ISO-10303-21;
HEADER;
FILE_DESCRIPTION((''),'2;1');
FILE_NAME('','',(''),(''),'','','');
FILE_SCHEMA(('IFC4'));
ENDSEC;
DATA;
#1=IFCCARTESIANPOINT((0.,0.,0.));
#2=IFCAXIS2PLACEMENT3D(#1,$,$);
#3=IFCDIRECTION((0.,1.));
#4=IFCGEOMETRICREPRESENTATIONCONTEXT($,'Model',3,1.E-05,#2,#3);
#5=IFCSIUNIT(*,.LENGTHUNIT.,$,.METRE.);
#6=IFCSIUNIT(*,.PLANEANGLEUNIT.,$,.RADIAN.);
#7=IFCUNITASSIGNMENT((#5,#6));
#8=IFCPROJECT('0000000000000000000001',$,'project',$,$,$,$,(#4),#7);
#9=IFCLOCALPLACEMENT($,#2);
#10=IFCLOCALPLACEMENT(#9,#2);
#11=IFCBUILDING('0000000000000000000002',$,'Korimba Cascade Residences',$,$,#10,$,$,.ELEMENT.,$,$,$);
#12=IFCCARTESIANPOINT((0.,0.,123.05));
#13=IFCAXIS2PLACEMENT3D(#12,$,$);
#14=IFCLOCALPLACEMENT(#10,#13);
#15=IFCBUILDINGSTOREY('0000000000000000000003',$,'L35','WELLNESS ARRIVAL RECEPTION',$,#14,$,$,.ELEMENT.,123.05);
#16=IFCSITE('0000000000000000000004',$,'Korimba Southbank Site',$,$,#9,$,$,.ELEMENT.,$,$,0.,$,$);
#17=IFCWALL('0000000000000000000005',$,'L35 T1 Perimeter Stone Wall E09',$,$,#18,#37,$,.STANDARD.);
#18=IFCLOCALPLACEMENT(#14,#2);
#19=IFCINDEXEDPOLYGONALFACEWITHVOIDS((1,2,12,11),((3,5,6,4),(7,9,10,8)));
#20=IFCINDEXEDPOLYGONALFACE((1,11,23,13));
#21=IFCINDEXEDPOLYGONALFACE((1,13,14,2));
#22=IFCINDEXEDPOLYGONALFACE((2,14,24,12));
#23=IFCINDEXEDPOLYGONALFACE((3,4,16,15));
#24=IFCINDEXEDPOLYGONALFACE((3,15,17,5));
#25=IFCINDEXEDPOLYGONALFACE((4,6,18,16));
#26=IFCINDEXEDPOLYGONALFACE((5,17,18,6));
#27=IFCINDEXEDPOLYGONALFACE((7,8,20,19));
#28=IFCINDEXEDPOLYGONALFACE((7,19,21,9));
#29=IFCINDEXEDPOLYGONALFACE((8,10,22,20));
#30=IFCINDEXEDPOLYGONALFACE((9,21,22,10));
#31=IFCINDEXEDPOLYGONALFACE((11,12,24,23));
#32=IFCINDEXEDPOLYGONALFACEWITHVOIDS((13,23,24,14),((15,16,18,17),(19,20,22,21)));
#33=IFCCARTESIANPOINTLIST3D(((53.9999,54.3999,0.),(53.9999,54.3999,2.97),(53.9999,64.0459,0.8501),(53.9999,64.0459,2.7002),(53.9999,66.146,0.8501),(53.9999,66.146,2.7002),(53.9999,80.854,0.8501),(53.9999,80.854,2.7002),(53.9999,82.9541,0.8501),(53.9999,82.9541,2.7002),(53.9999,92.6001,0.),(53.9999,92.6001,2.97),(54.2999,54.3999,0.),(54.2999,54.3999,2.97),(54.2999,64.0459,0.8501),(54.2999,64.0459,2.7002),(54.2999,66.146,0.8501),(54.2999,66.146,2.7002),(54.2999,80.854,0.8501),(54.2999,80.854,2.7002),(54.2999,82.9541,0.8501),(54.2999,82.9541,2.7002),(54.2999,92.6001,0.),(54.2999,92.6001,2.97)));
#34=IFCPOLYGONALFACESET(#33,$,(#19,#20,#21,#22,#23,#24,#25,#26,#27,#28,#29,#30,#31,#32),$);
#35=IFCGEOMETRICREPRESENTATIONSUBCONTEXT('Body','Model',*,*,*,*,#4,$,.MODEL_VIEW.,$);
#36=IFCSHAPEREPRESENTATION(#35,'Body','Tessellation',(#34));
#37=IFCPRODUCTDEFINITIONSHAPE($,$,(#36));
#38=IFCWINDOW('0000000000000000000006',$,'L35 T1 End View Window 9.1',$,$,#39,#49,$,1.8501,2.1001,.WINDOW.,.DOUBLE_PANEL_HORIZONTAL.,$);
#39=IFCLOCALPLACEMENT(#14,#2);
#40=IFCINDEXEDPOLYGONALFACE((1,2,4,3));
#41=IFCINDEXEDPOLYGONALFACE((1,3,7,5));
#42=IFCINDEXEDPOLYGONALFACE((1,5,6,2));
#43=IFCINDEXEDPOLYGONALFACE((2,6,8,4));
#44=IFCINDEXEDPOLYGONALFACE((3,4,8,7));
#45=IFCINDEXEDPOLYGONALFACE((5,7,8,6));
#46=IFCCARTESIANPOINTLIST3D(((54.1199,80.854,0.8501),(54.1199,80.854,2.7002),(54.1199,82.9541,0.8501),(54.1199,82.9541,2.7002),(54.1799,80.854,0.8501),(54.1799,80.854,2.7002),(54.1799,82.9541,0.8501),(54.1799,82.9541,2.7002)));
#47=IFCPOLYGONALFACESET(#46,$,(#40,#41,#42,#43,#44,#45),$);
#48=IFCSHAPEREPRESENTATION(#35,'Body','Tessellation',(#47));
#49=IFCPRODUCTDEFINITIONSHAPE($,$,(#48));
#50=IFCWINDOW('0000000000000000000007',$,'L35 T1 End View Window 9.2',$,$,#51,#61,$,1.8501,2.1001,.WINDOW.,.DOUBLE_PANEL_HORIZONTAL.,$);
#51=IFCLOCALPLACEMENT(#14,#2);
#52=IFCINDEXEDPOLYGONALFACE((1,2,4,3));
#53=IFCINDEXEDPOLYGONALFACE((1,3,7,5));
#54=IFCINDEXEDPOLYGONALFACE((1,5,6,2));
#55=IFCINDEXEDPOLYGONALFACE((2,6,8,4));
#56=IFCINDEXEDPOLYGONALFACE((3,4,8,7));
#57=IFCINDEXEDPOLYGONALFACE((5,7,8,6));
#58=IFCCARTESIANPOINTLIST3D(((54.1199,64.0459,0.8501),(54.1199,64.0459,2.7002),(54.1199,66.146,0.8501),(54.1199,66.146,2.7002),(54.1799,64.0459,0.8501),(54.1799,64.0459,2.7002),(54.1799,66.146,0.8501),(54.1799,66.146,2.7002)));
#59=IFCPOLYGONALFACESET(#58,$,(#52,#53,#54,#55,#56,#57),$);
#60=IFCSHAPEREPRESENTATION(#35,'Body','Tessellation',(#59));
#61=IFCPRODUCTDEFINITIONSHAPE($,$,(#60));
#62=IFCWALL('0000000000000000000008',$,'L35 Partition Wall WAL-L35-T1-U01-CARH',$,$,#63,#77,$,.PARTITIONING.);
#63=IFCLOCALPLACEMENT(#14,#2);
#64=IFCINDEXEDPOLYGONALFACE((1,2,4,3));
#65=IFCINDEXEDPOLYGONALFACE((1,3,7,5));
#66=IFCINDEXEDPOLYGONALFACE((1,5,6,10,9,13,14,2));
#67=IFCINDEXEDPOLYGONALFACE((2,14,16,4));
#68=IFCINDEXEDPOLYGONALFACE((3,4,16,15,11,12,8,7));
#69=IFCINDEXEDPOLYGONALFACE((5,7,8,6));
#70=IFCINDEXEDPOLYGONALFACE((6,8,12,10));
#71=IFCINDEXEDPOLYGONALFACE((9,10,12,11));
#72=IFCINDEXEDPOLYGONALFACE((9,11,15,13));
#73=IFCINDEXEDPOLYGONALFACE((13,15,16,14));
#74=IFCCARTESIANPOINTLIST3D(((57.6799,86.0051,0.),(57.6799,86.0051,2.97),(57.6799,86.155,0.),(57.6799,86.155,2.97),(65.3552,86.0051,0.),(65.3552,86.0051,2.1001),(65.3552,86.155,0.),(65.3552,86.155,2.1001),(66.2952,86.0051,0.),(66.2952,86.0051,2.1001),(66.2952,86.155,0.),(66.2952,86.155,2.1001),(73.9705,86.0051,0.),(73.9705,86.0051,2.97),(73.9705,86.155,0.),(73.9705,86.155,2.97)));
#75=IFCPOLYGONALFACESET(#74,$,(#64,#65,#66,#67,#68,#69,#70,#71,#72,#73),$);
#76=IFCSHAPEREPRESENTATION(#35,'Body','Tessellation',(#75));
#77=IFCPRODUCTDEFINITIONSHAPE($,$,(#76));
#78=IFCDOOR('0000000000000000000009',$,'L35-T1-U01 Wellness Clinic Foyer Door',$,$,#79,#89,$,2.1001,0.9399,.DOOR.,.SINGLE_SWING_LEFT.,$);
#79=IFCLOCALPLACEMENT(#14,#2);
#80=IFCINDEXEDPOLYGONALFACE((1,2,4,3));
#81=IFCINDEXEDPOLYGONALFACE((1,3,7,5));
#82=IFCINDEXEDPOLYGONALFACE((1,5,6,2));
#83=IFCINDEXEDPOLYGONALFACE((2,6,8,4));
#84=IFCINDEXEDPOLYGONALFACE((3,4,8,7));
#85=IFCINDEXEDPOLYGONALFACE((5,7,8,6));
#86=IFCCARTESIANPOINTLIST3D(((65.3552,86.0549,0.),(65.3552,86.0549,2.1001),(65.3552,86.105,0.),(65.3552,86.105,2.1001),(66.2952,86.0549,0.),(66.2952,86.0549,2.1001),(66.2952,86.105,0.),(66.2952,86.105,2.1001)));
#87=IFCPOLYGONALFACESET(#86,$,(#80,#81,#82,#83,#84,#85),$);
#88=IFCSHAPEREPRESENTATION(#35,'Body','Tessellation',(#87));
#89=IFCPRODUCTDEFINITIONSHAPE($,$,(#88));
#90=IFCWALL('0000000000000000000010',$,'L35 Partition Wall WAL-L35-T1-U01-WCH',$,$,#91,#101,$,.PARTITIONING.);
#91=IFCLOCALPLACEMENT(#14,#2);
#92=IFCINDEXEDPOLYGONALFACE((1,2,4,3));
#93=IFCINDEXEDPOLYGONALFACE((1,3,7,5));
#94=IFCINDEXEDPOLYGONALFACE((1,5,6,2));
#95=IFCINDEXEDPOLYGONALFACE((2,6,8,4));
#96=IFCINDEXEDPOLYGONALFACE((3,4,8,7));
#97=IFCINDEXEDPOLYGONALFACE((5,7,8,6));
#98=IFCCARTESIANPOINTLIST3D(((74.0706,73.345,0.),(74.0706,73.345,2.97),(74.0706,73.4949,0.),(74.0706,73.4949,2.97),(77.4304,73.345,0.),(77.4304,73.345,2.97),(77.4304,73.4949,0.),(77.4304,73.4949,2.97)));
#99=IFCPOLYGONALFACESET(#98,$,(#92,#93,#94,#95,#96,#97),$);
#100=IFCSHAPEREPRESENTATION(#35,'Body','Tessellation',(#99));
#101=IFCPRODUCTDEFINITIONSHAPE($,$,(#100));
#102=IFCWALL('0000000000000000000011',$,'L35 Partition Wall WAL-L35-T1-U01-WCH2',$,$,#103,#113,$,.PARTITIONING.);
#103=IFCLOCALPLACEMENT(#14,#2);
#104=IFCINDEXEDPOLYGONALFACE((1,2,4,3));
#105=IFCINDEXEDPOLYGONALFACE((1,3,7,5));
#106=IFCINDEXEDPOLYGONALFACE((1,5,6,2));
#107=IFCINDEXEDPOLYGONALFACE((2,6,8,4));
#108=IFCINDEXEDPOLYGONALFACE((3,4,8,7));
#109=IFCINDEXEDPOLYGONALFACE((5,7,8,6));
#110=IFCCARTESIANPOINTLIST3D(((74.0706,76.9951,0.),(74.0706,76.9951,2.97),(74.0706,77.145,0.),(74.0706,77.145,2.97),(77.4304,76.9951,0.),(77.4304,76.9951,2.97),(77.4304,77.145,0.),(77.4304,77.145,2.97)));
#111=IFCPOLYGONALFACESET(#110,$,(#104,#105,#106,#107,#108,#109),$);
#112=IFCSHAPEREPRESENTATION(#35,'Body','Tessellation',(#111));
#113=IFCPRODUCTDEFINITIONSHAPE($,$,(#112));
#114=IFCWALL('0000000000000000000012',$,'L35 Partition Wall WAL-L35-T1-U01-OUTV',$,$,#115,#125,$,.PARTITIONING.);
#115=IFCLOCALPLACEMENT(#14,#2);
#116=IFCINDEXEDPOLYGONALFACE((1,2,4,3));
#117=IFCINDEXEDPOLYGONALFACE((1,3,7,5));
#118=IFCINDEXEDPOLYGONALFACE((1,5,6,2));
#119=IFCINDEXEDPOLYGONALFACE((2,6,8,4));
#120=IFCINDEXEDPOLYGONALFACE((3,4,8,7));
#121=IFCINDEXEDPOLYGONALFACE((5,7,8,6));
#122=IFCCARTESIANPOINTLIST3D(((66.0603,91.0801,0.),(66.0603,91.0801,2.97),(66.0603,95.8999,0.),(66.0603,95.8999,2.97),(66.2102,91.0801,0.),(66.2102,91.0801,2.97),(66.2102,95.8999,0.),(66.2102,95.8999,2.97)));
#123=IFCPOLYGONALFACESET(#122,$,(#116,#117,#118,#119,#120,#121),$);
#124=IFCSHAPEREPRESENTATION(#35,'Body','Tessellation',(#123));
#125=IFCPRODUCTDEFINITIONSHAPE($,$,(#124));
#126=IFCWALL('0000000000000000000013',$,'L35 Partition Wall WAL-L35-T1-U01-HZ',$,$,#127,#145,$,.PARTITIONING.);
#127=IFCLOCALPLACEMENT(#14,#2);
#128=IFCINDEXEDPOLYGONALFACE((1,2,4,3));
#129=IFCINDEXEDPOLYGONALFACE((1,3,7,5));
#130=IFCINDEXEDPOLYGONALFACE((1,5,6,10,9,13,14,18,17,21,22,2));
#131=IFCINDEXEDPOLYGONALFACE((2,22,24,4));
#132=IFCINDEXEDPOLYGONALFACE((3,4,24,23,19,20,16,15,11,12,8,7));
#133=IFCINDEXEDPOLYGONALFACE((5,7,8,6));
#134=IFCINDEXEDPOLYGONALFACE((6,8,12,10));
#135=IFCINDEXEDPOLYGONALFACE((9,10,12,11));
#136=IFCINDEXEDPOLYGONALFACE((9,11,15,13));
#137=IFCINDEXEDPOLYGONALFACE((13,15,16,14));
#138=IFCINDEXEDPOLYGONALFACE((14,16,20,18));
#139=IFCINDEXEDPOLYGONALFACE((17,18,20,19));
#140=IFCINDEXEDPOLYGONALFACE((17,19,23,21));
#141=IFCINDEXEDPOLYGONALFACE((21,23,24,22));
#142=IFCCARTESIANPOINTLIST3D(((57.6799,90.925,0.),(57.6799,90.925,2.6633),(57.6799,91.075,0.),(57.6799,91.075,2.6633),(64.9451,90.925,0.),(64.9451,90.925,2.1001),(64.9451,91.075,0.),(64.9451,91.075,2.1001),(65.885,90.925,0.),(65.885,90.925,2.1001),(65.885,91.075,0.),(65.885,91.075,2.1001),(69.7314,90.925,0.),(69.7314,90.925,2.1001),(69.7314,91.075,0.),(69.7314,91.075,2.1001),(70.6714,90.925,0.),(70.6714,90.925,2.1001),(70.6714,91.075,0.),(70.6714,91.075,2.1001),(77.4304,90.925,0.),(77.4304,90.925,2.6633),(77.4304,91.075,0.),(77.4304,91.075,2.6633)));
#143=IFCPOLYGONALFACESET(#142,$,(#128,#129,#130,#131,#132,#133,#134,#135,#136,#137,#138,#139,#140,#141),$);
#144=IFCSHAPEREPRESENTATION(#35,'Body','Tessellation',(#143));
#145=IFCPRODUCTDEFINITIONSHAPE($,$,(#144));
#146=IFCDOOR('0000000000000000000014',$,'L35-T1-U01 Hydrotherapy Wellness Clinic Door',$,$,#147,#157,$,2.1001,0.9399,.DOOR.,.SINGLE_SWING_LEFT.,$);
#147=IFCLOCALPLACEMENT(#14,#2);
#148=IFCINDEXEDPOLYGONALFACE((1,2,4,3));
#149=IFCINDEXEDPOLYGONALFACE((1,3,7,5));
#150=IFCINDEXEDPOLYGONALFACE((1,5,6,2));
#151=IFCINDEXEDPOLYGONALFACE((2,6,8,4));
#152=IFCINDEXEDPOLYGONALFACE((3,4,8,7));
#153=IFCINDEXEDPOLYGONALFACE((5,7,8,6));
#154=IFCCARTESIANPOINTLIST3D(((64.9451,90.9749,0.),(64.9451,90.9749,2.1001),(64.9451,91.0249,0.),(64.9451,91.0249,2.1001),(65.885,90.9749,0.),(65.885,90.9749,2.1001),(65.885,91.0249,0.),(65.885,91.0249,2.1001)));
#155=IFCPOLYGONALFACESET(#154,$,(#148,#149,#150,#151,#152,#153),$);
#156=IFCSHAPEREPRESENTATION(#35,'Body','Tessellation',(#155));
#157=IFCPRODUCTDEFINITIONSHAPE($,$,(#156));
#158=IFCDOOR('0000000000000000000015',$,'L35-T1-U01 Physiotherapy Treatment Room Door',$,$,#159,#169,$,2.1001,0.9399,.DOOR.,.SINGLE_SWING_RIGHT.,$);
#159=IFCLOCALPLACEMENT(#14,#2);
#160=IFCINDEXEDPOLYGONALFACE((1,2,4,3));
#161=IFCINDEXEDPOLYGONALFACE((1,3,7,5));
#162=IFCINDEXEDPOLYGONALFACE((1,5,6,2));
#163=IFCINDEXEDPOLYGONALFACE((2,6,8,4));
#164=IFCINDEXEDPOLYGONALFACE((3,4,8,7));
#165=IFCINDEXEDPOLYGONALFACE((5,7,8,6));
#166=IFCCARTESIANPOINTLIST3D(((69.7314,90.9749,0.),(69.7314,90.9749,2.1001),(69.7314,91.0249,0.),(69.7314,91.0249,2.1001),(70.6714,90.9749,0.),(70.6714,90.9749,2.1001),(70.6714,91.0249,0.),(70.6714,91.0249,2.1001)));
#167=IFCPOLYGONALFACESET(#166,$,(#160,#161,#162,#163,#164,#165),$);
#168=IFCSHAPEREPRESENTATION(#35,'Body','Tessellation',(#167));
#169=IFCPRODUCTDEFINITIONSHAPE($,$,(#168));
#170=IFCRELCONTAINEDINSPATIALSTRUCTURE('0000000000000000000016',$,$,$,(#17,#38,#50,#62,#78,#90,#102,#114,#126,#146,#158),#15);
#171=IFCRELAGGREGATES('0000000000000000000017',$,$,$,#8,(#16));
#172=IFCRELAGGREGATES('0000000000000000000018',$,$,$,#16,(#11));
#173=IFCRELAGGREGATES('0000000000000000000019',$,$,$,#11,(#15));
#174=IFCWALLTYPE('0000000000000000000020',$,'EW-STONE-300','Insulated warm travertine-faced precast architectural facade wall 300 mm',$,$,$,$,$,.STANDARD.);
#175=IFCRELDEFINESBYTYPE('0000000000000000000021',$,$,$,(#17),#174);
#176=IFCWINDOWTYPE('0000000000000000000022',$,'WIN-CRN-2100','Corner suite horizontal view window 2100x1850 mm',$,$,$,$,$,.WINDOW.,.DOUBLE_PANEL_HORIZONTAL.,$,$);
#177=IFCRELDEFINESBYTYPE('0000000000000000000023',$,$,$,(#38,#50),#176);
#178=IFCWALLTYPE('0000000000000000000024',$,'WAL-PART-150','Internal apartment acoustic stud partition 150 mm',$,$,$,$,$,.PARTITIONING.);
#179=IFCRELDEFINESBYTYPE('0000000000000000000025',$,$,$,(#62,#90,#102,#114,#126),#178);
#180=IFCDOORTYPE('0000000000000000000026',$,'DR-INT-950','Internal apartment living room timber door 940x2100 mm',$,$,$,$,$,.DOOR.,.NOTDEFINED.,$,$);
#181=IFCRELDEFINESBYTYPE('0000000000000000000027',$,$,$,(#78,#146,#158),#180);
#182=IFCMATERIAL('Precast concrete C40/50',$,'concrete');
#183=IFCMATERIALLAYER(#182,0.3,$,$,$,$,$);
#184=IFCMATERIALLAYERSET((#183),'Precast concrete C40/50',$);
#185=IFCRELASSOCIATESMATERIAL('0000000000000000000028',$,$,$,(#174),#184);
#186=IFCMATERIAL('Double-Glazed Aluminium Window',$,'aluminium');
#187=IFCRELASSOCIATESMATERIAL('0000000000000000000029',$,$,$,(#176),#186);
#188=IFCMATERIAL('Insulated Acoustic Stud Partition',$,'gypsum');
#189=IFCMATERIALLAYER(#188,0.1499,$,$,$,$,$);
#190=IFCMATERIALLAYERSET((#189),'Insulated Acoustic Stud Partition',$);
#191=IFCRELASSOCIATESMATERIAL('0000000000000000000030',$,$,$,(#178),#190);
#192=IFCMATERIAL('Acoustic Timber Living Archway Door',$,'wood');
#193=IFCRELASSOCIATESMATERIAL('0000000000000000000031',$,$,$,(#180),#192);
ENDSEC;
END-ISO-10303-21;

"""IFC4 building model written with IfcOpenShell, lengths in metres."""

from ifc_helpers import new_model, si_unit, direction, frame, frame_2d, origin, place, context, subcontext, project, spatial, rectangle, extrude, material, layer, layer_set, type_object, element, fill, save


model = new_model("IFC4")

# Units and contexts
model_context = context("Model", 3, precision=1e-05, world=origin(), true_north=direction((0.0, 1.0)))
body_context = subcontext(model_context, "Body", "Model", "MODEL_VIEW")
ifc_project = project(units=[si_unit("LENGTHUNIT", "METRE"), si_unit("PLANEANGLEUNIT", "RADIAN")], contexts=[model_context])

# Site, building, storey
site_placement = place(None, origin())
site = spatial("IfcSite", under=ifc_project, at=site_placement, Name="Korimba Southbank Site", CompositionType="ELEMENT", RefElevation=0.0)
building_placement = place(site_placement, origin())
building = spatial("IfcBuilding", under=site, at=building_placement, Name="Korimba Cascade Residences", CompositionType="ELEMENT")
storey_placement = place(building_placement, frame((0.0, 0.0, 123.05)))
storey = spatial("IfcBuildingStorey", under=building, at=storey_placement, Name="L35", Description="WELLNESS ARRIVAL RECEPTION", CompositionType="ELEMENT", Elevation=123.05)

# Shared definitions
ifc_material_1 = material(Name="Precast concrete C40/50", Category="concrete")
ifc_layer_1 = layer(ifc_material_1, 0.3)
ifc_layer_set_1 = layer_set([ifc_layer_1], Name="Precast concrete C40/50")
wall_type_1 = type_object("IfcWallType", Name="EW-STONE-300", Description="Insulated warm travertine-faced precast architectural facade wall 300 mm", PredefinedType="STANDARD", material=ifc_layer_set_1)

# Wall, openings, windows
wall_1_placement = place(storey_placement, frame((54.1499, 92.6001, 0.0), z_axis=(0.0, 0.0, 1.0), x_axis=(0.0, -1.0, 0.0)))
wall_1 = element("IfcWall", 1, at=wall_1_placement, inside=storey, type_object=wall_type_1, Name="L35 T1 Perimeter Stone Wall E09", PredefinedType="STANDARD", context=body_context, shape_type="SweptSolid", body=[
    extrude(rectangle(XDim=38.2002, YDim=0.3, at=frame_2d((19.1001, 0.0))), origin(), (0.0, 0.0, 1.0), 2.97),
])
opening_1_placement = place(wall_1_placement, frame((9.646, 0.0, 0.8501)))
opening_1 = element("IfcOpeningElement", 2, at=opening_1_placement, cuts=wall_1, PredefinedType="OPENING", context=body_context, shape_type="SweptSolid", body=[
    extrude(rectangle(XDim=2.1001, YDim=1.8501, at=frame_2d((1.05, 0.925))), frame((0.0, 0.1602, 0.0), z_axis=(0.0, -1.0, 0.0), x_axis=(1.0, 0.0, 0.0)), (0.0, 0.0, 1.0), 0.3201),
])
opening_2_placement = place(wall_1_placement, frame((26.4541, 0.0, 0.8501)))
opening_2 = element("IfcOpeningElement", 3, at=opening_2_placement, cuts=wall_1, PredefinedType="OPENING", context=body_context, shape_type="SweptSolid", body=[
    extrude(rectangle(XDim=2.1001, YDim=1.8501, at=frame_2d((1.05, 0.925))), frame((0.0, 0.1602, 0.0), z_axis=(0.0, -1.0, 0.0), x_axis=(1.0, 0.0, 0.0)), (0.0, 0.0, 1.0), 0.3201),
])
ifc_material_2 = material(Name="Double-Glazed Aluminium Window", Category="aluminium")
window_type = type_object("IfcWindowType", Name="WIN-CRN-2100", Description="Corner suite horizontal view window 2100x1850 mm", PartitioningType="DOUBLE_PANEL_HORIZONTAL", PredefinedType="WINDOW", material=ifc_material_2)
window_1_placement = place(opening_1_placement, origin())
window_1 = element("IfcWindow", 4, at=window_1_placement, inside=storey, type_object=window_type, Name="L35 T1 End View Window 9.1", OverallHeight=1.8501, OverallWidth=2.1001, PartitioningType="DOUBLE_PANEL_HORIZONTAL", PredefinedType="WINDOW", context=body_context, shape_type="SweptSolid", body=[
    extrude(rectangle(XDim=2.1001, YDim=1.8501, at=frame_2d((1.05, 0.925))), frame((0.0, 0.03, 0.0), z_axis=(0.0, -1.0, 0.0), x_axis=(1.0, 0.0, 0.0)), (0.0, 0.0, 1.0), 0.0601),
])
fill(opening_1, window_1)
window_2_placement = place(opening_2_placement, origin())
window_2 = element("IfcWindow", 5, at=window_2_placement, inside=storey, type_object=window_type, Name="L35 T1 End View Window 9.2", OverallHeight=1.8501, OverallWidth=2.1001, PartitioningType="DOUBLE_PANEL_HORIZONTAL", PredefinedType="WINDOW", context=body_context, shape_type="SweptSolid", body=[
    extrude(rectangle(XDim=2.1001, YDim=1.8501, at=frame_2d((1.05, 0.925))), frame((0.0, 0.03, 0.0), z_axis=(0.0, -1.0, 0.0), x_axis=(1.0, 0.0, 0.0)), (0.0, 0.0, 1.0), 0.0601),
])
fill(opening_2, window_2)

# Wall, opening, door
ifc_material_3 = material(Name="Insulated Acoustic Stud Partition", Category="gypsum")
ifc_layer_2 = layer(ifc_material_3, 0.1499)
ifc_layer_set_2 = layer_set([ifc_layer_2], Name="Insulated Acoustic Stud Partition")
wall_type_2 = type_object("IfcWallType", Name="WAL-PART-150", Description="Internal apartment acoustic stud partition 150 mm", PredefinedType="PARTITIONING", material=ifc_layer_set_2)
wall_2_placement = place(storey_placement, frame((57.6799, 86.0801, 0.0), z_axis=(0.0, 0.0, 1.0), x_axis=(1.0, 0.0, 0.0)))
wall_2 = element("IfcWall", 6, at=wall_2_placement, inside=storey, type_object=wall_type_2, Name="L35 Partition Wall WAL-L35-T1-U01-CARH", PredefinedType="PARTITIONING", context=body_context, shape_type="SweptSolid", body=[
    extrude(rectangle(XDim=16.2905, YDim=0.1499, at=frame_2d((8.1453, 0.0))), origin(), (0.0, 0.0, 1.0), 2.97),
])
opening_3_placement = place(wall_2_placement, frame((7.6753, 0.0, 0.0)))
opening_3 = element("IfcOpeningElement", 7, at=opening_3_placement, cuts=wall_2, PredefinedType="OPENING", context=body_context, shape_type="SweptSolid", body=[
    extrude(rectangle(XDim=0.9399, YDim=2.1001, at=frame_2d((0.47, 1.05))), frame((0.0, 0.085, 0.0), z_axis=(0.0, -1.0, 0.0), x_axis=(1.0, 0.0, 0.0)), (0.0, 0.0, 1.0), 0.1699),
])
ifc_material_4 = material(Name="Acoustic Timber Living Archway Door", Category="wood")
door_type = type_object("IfcDoorType", Name="DR-INT-950", Description="Internal apartment living room timber door 940x2100 mm", OperationType="NOTDEFINED", PredefinedType="DOOR", material=ifc_material_4)
door_1_placement = place(opening_3_placement, origin())
door_1 = element("IfcDoor", 8, at=door_1_placement, inside=storey, type_object=door_type, Name="L35-T1-U01 Wellness Clinic Foyer Door", OperationType="SINGLE_SWING_LEFT", OverallHeight=2.1001, OverallWidth=0.9399, PredefinedType="DOOR", context=body_context, shape_type="SweptSolid", body=[
    extrude(rectangle(XDim=0.9399, YDim=2.1001, at=frame_2d((0.47, 1.05))), frame((0.0, 0.0249, 0.0), z_axis=(0.0, -1.0, 0.0), x_axis=(1.0, 0.0, 0.0)), (0.0, 0.0, 1.0), 0.05),
])
fill(opening_3, door_1)

# Walls
for number, where, z_axis, x_axis, name in (
    (9, (74.0706, 73.4199, 0.0), (0.0, 0.0, 1.0), (1.0, 0.0, 0.0), "L35 Partition Wall WAL-L35-T1-U01-WCH"),
    (10, (74.0706, 77.0701, 0.0), (0.0, 0.0, 1.0), (1.0, 0.0, 0.0), "L35 Partition Wall WAL-L35-T1-U01-WCH2"),
):
    element("IfcWall", number, at=place(storey_placement, frame(where, z_axis=z_axis, x_axis=x_axis)), inside=storey, type_object=wall_type_2, Name=name, PredefinedType="PARTITIONING", context=body_context, shape_type="SweptSolid", body=[
        extrude(rectangle(XDim=3.3599, YDim=0.1499, at=frame_2d((1.6799, 0.0))), origin(), (0.0, 0.0, 1.0), 2.97),
    ])
wall_3_placement = place(storey_placement, frame((66.1353, 91.0801, 0.0), z_axis=(0.0, 0.0, 1.0), x_axis=(0.0, 1.0, 0.0)))
element("IfcWall", 11, at=wall_3_placement, inside=storey, type_object=wall_type_2, Name="L35 Partition Wall WAL-L35-T1-U01-OUTV", PredefinedType="PARTITIONING", context=body_context, shape_type="SweptSolid", body=[
    extrude(rectangle(XDim=4.8198, YDim=0.1499, at=frame_2d((2.4099, 0.0))), origin(), (0.0, 0.0, 1.0), 2.97),
])

# Wall, openings, doors
wall_4_placement = place(storey_placement, frame((57.6799, 91.0, 0.0), z_axis=(0.0, 0.0, 1.0), x_axis=(1.0, 0.0, 0.0)))
wall_4 = element("IfcWall", 12, at=wall_4_placement, inside=storey, type_object=wall_type_2, Name="L35 Partition Wall WAL-L35-T1-U01-HZ", PredefinedType="PARTITIONING", context=body_context, shape_type="SweptSolid", body=[
    extrude(rectangle(XDim=19.7505, YDim=0.1499, at=frame_2d((9.8752, 0.0))), origin(), (0.0, 0.0, 1.0), 2.6633),
])
opening_4_placement = place(wall_4_placement, frame((7.2651, 0.0, 0.0)))
opening_4 = element("IfcOpeningElement", 13, at=opening_4_placement, cuts=wall_4, PredefinedType="OPENING", context=body_context, shape_type="SweptSolid", body=[
    extrude(rectangle(XDim=0.9399, YDim=2.1001, at=frame_2d((0.47, 1.05))), frame((0.0, 0.085, 0.0), z_axis=(0.0, -1.0, 0.0), x_axis=(1.0, 0.0, 0.0)), (0.0, 0.0, 1.0), 0.1699),
])
opening_5_placement = place(wall_4_placement, frame((12.0515, 0.0, 0.0)))
opening_5 = element("IfcOpeningElement", 14, at=opening_5_placement, cuts=wall_4, PredefinedType="OPENING", context=body_context, shape_type="SweptSolid", body=[
    extrude(rectangle(XDim=0.9399, YDim=2.1001, at=frame_2d((0.47, 1.05))), frame((0.0, 0.085, 0.0), z_axis=(0.0, -1.0, 0.0), x_axis=(1.0, 0.0, 0.0)), (0.0, 0.0, 1.0), 0.1699),
])
door_2_placement = place(opening_4_placement, origin())
door_2 = element("IfcDoor", 15, at=door_2_placement, inside=storey, type_object=door_type, Name="L35-T1-U01 Hydrotherapy Wellness Clinic Door", OperationType="SINGLE_SWING_LEFT", OverallHeight=2.1001, OverallWidth=0.9399, PredefinedType="DOOR", context=body_context, shape_type="SweptSolid", body=[
    extrude(rectangle(XDim=0.9399, YDim=2.1001, at=frame_2d((0.47, 1.05))), frame((0.0, 0.0249, 0.0), z_axis=(0.0, -1.0, 0.0), x_axis=(1.0, 0.0, 0.0)), (0.0, 0.0, 1.0), 0.05),
])
fill(opening_4, door_2)
door_3_placement = place(opening_5_placement, origin())
door_3 = element("IfcDoor", 16, at=door_3_placement, inside=storey, type_object=door_type, Name="L35-T1-U01 Physiotherapy Treatment Room Door", OperationType="SINGLE_SWING_RIGHT", OverallHeight=2.1001, OverallWidth=0.9399, PredefinedType="DOOR", context=body_context, shape_type="SweptSolid", body=[
    extrude(rectangle(XDim=0.9399, YDim=2.1001, at=frame_2d((0.47, 1.05))), frame((0.0, 0.0249, 0.0), z_axis=(0.0, -1.0, 0.0), x_axis=(1.0, 0.0, 0.0)), (0.0, 0.0, 1.0), 0.05),
])
fill(opening_5, door_3)

save(model, "model.ifc")
